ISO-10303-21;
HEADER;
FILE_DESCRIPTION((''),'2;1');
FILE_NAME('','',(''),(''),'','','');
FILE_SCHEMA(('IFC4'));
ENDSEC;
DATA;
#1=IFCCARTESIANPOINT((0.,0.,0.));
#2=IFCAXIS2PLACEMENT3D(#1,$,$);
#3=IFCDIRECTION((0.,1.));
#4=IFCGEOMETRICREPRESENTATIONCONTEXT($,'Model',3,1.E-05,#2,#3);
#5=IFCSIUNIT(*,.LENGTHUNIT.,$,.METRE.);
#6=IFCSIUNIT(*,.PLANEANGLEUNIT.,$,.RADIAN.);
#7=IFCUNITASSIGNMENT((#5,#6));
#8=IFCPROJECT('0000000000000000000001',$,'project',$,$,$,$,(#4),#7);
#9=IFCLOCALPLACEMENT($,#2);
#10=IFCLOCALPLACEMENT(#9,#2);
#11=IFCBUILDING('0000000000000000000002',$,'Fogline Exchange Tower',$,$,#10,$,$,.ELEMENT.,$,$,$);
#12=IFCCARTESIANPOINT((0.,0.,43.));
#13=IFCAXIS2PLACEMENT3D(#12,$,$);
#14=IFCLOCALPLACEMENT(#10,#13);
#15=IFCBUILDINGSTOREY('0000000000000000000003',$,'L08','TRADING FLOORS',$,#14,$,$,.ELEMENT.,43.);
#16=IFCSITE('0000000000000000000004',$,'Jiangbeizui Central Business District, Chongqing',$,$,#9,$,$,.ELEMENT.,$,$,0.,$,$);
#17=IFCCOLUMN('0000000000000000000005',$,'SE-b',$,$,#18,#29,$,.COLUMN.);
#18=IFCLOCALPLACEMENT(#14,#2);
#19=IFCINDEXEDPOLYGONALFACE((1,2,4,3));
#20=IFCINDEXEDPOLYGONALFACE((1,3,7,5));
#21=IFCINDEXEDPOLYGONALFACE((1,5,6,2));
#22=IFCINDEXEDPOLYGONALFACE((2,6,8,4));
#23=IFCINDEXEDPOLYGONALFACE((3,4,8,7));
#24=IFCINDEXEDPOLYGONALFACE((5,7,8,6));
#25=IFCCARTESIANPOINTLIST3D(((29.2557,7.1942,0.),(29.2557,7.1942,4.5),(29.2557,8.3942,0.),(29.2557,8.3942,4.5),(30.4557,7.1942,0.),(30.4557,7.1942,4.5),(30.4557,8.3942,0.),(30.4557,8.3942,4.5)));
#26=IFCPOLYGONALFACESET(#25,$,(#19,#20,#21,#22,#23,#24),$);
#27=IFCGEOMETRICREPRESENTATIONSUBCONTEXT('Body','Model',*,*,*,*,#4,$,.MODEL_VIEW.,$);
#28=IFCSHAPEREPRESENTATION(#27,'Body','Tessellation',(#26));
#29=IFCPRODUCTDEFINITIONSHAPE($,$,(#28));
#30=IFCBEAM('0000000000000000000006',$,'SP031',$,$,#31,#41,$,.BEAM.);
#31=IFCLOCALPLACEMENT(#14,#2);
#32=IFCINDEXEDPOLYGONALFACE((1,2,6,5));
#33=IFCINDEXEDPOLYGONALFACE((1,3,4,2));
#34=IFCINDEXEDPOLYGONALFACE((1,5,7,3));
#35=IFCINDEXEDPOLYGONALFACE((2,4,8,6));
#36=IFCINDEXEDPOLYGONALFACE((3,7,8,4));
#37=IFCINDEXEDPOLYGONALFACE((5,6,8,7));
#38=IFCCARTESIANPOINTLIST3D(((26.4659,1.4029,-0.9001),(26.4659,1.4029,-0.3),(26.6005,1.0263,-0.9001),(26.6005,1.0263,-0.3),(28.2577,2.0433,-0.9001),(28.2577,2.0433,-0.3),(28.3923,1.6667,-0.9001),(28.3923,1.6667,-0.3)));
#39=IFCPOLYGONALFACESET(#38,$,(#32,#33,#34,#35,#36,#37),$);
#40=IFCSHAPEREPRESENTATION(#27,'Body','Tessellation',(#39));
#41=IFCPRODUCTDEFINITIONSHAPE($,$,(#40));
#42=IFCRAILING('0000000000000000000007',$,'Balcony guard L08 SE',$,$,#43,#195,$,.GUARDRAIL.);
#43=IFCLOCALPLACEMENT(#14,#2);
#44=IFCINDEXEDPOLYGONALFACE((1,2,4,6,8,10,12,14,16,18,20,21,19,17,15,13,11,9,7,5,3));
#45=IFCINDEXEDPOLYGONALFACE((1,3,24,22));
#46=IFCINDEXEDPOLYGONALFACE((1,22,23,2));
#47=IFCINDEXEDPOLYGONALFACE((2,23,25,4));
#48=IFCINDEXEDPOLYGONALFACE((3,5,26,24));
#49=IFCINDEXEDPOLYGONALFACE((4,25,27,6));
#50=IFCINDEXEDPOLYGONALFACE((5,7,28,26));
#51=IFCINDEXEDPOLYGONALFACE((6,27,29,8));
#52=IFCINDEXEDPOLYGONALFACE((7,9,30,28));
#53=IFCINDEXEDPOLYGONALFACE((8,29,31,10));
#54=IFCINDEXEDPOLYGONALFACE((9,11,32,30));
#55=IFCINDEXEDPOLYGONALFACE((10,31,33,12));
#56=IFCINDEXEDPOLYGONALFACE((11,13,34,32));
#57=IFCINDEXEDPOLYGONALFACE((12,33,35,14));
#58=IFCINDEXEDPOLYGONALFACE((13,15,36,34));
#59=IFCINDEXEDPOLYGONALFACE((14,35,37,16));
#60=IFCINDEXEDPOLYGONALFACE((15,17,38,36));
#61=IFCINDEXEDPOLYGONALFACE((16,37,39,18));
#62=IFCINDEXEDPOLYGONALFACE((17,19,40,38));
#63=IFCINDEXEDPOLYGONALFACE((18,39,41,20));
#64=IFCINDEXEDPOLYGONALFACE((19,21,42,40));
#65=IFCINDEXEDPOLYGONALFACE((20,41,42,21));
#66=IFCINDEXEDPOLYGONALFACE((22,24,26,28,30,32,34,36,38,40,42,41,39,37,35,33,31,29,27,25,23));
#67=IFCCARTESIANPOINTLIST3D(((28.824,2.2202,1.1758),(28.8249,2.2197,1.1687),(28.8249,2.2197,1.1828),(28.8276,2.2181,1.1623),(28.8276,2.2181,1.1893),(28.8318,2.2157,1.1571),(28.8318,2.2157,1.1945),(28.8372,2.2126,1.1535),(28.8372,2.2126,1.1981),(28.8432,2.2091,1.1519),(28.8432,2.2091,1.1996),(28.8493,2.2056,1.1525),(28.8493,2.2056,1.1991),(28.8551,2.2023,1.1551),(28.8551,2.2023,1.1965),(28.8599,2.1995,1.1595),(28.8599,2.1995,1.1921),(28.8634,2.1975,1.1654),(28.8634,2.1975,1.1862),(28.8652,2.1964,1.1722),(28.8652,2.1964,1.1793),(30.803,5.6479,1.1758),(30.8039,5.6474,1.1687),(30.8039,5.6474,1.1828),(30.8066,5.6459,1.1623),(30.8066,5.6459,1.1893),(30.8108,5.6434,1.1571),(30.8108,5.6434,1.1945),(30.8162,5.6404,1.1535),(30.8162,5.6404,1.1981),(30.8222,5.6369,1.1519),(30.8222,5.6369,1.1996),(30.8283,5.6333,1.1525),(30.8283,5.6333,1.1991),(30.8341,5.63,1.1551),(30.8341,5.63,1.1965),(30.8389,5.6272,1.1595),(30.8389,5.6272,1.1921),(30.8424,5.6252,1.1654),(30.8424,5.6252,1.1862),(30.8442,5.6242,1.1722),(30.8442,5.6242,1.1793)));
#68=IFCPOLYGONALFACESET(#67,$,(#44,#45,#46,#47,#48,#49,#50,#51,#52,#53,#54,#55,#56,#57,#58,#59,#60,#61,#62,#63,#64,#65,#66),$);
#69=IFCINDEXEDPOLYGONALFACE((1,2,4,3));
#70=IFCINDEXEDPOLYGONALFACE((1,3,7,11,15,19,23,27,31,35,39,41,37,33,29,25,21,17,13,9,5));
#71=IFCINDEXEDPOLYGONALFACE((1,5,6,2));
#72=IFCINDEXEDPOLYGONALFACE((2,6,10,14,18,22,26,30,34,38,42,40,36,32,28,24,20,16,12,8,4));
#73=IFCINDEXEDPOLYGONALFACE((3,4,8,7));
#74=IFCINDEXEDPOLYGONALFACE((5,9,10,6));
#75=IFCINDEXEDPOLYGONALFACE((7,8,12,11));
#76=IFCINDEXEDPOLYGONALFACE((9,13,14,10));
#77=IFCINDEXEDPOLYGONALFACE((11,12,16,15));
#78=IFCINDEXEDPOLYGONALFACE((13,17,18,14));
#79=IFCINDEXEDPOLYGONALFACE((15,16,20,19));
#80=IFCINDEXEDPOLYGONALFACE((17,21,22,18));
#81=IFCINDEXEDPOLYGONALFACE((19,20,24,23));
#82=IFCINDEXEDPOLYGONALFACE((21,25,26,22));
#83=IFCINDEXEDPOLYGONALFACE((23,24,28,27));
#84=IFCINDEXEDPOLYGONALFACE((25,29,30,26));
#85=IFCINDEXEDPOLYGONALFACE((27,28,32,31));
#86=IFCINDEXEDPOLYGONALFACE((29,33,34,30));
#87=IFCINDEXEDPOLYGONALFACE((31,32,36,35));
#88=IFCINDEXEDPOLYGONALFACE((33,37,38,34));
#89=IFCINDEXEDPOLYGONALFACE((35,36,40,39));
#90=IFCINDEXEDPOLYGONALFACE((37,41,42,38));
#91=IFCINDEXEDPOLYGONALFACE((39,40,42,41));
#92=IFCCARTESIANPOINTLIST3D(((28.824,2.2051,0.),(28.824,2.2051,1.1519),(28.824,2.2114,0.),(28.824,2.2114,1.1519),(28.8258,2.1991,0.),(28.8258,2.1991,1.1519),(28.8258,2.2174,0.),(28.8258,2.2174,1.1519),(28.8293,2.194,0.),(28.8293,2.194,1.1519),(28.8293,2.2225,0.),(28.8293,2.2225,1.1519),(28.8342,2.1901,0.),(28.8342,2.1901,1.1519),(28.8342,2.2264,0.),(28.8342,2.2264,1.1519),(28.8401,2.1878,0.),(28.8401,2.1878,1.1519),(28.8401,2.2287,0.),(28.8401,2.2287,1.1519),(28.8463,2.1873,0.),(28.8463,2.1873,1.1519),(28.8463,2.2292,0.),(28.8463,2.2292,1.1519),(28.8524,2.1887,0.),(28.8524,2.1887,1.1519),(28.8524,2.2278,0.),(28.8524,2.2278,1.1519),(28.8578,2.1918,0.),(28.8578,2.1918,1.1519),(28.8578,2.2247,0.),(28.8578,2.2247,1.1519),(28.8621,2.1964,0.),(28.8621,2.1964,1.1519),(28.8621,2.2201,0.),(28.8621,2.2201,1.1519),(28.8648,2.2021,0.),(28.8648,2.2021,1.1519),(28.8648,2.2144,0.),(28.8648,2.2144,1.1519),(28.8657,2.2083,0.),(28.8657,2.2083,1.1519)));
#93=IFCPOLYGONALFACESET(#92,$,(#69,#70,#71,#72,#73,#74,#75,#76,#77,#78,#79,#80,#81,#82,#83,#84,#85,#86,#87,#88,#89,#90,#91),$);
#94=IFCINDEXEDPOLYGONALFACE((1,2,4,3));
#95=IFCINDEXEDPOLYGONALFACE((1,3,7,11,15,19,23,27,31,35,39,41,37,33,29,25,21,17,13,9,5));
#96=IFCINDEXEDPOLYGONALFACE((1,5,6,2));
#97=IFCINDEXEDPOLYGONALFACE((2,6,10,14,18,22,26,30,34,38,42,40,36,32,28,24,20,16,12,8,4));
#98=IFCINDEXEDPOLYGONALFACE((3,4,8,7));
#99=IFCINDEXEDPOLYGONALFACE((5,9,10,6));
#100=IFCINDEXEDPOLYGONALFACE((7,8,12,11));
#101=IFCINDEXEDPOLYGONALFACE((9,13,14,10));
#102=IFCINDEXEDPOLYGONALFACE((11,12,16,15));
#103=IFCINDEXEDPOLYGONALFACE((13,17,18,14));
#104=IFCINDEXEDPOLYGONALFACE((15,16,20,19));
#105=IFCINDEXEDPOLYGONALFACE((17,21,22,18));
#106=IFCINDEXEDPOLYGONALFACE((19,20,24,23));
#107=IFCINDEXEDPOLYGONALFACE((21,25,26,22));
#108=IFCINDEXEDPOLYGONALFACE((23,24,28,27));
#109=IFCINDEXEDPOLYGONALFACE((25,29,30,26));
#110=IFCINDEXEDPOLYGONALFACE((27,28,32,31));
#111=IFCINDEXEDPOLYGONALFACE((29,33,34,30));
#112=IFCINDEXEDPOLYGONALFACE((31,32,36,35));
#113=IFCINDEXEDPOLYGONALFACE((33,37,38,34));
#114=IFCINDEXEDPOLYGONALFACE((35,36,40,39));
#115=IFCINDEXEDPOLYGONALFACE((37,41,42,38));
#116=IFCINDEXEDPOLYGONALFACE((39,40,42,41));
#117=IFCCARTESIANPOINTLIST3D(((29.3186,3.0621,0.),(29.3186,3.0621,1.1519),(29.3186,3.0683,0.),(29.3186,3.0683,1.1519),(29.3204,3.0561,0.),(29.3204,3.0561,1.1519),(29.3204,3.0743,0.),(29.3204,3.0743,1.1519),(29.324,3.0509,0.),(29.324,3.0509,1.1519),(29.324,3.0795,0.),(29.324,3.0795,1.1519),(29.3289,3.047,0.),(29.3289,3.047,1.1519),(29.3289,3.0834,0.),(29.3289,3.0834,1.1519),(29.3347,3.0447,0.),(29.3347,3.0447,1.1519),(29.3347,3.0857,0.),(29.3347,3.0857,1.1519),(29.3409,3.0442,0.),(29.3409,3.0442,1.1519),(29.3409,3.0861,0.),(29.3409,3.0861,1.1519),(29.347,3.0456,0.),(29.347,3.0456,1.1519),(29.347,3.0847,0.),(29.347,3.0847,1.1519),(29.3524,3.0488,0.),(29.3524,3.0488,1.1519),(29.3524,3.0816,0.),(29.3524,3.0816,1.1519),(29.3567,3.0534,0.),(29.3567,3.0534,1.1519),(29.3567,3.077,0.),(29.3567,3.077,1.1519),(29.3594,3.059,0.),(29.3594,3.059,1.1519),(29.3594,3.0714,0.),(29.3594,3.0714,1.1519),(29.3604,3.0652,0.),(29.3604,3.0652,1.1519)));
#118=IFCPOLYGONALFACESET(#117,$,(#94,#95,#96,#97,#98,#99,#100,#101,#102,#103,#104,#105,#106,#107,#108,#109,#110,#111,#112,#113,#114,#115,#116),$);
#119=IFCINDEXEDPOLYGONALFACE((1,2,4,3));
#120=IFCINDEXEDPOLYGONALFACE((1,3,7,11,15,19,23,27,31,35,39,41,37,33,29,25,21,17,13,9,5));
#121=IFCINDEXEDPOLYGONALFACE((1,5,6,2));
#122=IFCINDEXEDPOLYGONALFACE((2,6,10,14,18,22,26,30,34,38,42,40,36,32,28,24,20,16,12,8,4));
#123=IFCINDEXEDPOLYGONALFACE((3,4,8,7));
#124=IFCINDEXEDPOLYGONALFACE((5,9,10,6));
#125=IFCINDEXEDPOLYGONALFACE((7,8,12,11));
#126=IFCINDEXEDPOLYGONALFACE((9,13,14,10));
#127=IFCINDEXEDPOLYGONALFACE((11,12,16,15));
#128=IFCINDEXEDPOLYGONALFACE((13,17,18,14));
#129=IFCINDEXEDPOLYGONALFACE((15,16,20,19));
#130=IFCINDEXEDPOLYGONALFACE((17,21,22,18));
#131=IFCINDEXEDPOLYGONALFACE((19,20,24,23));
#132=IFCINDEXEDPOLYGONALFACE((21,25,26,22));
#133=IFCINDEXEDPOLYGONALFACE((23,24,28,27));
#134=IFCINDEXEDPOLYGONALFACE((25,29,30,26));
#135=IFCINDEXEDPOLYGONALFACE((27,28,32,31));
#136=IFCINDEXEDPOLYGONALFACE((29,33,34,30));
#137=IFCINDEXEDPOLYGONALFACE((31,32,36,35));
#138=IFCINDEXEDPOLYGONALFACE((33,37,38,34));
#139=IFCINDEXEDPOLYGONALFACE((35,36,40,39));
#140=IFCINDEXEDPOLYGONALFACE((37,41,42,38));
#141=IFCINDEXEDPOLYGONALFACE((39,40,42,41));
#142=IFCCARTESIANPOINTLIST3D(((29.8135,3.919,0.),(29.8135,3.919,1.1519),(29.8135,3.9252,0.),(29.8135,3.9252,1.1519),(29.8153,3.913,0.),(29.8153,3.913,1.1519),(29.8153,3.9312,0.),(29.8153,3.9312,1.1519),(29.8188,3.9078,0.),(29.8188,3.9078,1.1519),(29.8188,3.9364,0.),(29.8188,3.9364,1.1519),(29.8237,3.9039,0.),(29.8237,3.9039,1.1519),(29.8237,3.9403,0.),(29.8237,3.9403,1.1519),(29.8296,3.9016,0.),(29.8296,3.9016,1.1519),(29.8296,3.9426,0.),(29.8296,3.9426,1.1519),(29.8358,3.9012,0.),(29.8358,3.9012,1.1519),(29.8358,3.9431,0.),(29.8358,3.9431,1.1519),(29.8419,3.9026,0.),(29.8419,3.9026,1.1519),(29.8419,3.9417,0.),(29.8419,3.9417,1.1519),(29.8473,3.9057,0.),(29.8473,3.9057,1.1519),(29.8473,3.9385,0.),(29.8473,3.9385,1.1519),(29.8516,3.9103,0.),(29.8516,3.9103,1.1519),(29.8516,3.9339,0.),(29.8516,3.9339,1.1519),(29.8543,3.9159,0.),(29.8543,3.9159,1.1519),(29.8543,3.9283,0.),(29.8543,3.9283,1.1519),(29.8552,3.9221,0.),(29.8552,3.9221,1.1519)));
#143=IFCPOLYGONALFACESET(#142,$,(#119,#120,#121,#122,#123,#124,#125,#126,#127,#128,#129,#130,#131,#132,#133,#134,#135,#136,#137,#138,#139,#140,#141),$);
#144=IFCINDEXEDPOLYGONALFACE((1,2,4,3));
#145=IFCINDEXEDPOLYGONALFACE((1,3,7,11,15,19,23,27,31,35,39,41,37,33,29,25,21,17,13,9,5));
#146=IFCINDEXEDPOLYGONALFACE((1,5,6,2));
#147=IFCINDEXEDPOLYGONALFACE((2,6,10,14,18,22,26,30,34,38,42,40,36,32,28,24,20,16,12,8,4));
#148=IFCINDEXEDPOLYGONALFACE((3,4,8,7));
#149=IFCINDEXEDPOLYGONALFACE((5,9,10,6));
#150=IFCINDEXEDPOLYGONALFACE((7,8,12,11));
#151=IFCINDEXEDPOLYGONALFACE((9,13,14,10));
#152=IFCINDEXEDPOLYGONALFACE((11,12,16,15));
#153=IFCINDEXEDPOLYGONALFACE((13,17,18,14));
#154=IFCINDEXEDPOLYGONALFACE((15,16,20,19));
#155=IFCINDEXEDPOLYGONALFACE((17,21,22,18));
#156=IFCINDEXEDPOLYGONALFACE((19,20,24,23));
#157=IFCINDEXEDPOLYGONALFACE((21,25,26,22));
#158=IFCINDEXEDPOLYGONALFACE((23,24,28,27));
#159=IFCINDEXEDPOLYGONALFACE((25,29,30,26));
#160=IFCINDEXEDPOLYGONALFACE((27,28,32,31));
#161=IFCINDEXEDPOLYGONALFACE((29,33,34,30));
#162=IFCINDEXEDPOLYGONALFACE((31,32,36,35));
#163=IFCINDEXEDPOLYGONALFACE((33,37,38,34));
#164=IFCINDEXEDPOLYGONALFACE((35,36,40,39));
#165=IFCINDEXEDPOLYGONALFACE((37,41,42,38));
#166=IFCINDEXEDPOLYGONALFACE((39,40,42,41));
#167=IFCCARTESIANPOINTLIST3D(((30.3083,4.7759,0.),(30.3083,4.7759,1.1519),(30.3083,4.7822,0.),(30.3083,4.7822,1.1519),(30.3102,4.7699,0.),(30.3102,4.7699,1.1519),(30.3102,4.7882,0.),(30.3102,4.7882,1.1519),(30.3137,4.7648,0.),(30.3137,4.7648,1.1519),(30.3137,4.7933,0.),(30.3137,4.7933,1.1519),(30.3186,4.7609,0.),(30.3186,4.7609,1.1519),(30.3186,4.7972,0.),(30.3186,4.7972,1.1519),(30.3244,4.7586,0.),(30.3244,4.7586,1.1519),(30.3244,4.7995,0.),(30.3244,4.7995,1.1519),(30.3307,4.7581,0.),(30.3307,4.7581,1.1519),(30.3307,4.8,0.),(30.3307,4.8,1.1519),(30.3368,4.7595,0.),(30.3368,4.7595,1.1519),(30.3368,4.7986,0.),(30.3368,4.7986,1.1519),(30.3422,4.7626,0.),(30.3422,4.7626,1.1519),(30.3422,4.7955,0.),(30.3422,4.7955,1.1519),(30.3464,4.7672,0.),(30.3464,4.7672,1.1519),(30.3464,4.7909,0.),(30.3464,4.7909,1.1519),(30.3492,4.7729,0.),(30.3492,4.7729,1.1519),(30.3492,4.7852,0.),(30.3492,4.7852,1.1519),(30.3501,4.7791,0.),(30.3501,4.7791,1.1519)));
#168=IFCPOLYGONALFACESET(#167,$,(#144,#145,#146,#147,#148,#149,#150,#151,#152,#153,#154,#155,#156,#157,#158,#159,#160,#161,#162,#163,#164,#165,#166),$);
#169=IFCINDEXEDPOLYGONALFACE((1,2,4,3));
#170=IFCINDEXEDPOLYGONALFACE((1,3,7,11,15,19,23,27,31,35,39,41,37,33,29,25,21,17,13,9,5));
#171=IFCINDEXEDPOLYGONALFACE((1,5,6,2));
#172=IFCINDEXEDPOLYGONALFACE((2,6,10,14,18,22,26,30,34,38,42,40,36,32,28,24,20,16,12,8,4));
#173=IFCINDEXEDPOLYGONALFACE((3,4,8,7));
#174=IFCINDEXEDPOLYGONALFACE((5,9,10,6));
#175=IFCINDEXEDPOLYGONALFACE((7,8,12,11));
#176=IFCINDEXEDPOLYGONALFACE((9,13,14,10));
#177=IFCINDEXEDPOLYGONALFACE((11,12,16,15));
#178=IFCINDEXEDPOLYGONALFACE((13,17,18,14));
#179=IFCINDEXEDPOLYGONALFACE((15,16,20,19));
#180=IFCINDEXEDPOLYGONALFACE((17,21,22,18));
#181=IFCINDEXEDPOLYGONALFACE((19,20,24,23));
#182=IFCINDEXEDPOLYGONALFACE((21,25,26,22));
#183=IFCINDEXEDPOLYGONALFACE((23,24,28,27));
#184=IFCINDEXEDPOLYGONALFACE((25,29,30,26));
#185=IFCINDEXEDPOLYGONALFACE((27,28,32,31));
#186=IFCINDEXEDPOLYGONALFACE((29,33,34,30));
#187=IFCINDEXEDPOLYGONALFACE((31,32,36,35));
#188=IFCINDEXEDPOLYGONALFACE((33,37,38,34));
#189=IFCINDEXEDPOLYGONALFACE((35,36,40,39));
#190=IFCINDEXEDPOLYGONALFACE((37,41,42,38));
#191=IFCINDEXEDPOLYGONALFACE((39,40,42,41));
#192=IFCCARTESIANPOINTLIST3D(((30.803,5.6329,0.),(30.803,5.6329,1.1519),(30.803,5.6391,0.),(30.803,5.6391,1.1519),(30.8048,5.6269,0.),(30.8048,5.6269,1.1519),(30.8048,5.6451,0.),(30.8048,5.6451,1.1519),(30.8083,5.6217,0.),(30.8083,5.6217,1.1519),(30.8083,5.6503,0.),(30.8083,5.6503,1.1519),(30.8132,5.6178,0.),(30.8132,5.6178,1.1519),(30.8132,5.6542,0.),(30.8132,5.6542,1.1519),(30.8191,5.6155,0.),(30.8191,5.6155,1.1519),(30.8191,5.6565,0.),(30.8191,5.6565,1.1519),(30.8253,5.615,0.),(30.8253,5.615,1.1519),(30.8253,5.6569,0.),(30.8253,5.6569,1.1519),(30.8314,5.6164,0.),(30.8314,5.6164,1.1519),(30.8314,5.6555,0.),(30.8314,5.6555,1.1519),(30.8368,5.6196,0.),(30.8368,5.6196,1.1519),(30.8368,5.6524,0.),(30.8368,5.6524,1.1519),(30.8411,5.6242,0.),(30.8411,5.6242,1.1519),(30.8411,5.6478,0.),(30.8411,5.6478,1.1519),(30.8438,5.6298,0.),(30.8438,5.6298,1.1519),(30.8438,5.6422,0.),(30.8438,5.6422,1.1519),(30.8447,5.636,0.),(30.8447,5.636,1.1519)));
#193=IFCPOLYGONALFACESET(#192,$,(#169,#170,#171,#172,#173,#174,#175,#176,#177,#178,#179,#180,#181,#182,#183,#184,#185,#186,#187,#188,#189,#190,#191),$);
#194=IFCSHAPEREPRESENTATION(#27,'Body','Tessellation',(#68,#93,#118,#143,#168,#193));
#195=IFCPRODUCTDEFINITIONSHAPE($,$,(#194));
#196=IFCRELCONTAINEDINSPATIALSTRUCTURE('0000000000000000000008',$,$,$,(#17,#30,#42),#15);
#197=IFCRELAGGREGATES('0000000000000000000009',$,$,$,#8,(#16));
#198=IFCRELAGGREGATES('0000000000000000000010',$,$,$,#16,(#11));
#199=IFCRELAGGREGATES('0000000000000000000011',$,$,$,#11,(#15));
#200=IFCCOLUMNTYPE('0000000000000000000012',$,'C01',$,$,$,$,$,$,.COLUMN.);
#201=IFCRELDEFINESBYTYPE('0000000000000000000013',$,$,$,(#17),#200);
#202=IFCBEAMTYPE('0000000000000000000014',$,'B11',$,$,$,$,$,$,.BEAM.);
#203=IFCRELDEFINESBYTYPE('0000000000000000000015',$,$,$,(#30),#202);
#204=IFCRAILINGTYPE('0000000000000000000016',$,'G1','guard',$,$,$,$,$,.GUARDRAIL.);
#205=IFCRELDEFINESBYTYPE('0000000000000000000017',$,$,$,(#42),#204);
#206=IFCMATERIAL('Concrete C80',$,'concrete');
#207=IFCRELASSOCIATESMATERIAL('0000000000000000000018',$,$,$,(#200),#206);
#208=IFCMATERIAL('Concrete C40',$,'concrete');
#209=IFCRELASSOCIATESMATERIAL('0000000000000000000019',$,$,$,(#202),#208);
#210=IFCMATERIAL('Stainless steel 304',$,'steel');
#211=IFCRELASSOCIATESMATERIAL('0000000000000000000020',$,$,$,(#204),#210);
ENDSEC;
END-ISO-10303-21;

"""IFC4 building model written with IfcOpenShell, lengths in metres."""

from ifc_helpers import new_model, si_unit, direction, frame, origin, origin_2d, place, context, subcontext, project, spatial, rectangle, circle, extrude, material, material_profile, profile_set, type_object, element, save


model = new_model("IFC4")

# Units and contexts
model_context = context("Model", 3, precision=1e-05, world=origin(), true_north=direction((0.0, 1.0)))
body_context = subcontext(model_context, "Body", "Model", "MODEL_VIEW")
ifc_project = project(units=[si_unit("LENGTHUNIT", "METRE"), si_unit("PLANEANGLEUNIT", "RADIAN")], contexts=[model_context])

# Site, building, storey
site_placement = place(None, origin())
site = spatial("IfcSite", under=ifc_project, at=site_placement, Name="Jiangbeizui Central Business District, Chongqing", CompositionType="ELEMENT", RefElevation=0.0)
building_placement = place(site_placement, origin())
building = spatial("IfcBuilding", under=site, at=building_placement, Name="Fogline Exchange Tower", CompositionType="ELEMENT")
storey_placement = place(building_placement, frame((0.0, 0.0, 43.0)))
storey = spatial("IfcBuildingStorey", under=building, at=storey_placement, Name="L08", Description="TRADING FLOORS", CompositionType="ELEMENT", Elevation=43.0)

# Column
ifc_material_1 = material(Name="Concrete C80", Category="concrete")
ifc_material_profile_1 = material_profile(ifc_material_1, rectangle(XDim=1.2, YDim=1.2, at=origin_2d()), Name="RC 1200x1200")
ifc_profile_set_1 = profile_set([ifc_material_profile_1], Name="Concrete C80")
column_type = type_object("IfcColumnType", Name="C01", PredefinedType="COLUMN", material=ifc_profile_set_1)
column_placement = place(storey_placement, frame((29.8557, 7.7942, 0.0), z_axis=(0.0, 0.0, 1.0), x_axis=(1.0, 0.0, 0.0)))
element("IfcColumn", 1, at=column_placement, inside=storey, type_object=column_type, Name="SE-b", PredefinedType="COLUMN", context=body_context, shape_type="SweptSolid", body=[
    extrude(rectangle(XDim=1.2, YDim=1.2, at=origin_2d()), origin(), (0.0, 0.0, 1.0), 4.5),
])

# Beam
ifc_material_2 = material(Name="Concrete C40", Category="concrete")
ifc_material_profile_2 = material_profile(ifc_material_2, rectangle(XDim=0.3999, YDim=0.6001, at=origin_2d()), Name="RC 400x600")
ifc_profile_set_2 = profile_set([ifc_material_profile_2], Name="Concrete C40")
beam_type = type_object("IfcBeamType", Name="B11", PredefinedType="BEAM", material=ifc_profile_set_2)
beam_placement = place(storey_placement, frame((26.5332, 1.2146, -0.6001), z_axis=(0.941664, 0.336556, 0.0), x_axis=(-0.336556, 0.941664, 0.0)))
element("IfcBeam", 2, at=beam_placement, inside=storey, type_object=beam_type, Name="SP031", PredefinedType="BEAM", context=body_context, shape_type="SweptSolid", body=[
    extrude(rectangle(XDim=0.3999, YDim=0.6001, at=origin_2d()), origin(), (0.0, 0.0, 1.0), 1.9028),
])

# Railing
ifc_material_3 = material(Name="Stainless steel 304", Category="steel")
railing_type = type_object("IfcRailingType", Name="G1", Description="guard", PredefinedType="GUARDRAIL", material=ifc_material_3)
railing_placement = place(storey_placement, frame((28.8447, 2.2083, 0.0)))
element("IfcRailing", 3, at=railing_placement, inside=storey, type_object=railing_type, Name="Balcony guard L08 SE", PredefinedType="GUARDRAIL", context=body_context, shape_type="SweptSolid", body=[
    extrude(circle(Radius=0.0239, at=origin_2d()), frame((0.0, 0.0, 1.1758), z_axis=(0.5, 0.866025, 0.0), x_axis=(-0.866025, 0.5, 0.0)), (0.0, 0.0, 1.0), 3.958),
    extrude(circle(Radius=0.021, at=origin_2d()), origin(), (0.0, 0.0, 1.0), 1.1519),
    extrude(circle(Radius=0.021, at=origin_2d()), frame((0.4946, 0.8569, 0.0)), (0.0, 0.0, 1.0), 1.1519),
    extrude(circle(Radius=0.021, at=origin_2d()), frame((0.9895, 1.7139, 0.0)), (0.0, 0.0, 1.0), 1.1519),
    extrude(circle(Radius=0.021, at=origin_2d()), frame((1.4844, 2.5708, 0.0)), (0.0, 0.0, 1.0), 1.1519),
    extrude(circle(Radius=0.021, at=origin_2d()), frame((1.979, 3.4277, 0.0)), (0.0, 0.0, 1.0), 1.1519),
])

save(model, "model.ifc")
